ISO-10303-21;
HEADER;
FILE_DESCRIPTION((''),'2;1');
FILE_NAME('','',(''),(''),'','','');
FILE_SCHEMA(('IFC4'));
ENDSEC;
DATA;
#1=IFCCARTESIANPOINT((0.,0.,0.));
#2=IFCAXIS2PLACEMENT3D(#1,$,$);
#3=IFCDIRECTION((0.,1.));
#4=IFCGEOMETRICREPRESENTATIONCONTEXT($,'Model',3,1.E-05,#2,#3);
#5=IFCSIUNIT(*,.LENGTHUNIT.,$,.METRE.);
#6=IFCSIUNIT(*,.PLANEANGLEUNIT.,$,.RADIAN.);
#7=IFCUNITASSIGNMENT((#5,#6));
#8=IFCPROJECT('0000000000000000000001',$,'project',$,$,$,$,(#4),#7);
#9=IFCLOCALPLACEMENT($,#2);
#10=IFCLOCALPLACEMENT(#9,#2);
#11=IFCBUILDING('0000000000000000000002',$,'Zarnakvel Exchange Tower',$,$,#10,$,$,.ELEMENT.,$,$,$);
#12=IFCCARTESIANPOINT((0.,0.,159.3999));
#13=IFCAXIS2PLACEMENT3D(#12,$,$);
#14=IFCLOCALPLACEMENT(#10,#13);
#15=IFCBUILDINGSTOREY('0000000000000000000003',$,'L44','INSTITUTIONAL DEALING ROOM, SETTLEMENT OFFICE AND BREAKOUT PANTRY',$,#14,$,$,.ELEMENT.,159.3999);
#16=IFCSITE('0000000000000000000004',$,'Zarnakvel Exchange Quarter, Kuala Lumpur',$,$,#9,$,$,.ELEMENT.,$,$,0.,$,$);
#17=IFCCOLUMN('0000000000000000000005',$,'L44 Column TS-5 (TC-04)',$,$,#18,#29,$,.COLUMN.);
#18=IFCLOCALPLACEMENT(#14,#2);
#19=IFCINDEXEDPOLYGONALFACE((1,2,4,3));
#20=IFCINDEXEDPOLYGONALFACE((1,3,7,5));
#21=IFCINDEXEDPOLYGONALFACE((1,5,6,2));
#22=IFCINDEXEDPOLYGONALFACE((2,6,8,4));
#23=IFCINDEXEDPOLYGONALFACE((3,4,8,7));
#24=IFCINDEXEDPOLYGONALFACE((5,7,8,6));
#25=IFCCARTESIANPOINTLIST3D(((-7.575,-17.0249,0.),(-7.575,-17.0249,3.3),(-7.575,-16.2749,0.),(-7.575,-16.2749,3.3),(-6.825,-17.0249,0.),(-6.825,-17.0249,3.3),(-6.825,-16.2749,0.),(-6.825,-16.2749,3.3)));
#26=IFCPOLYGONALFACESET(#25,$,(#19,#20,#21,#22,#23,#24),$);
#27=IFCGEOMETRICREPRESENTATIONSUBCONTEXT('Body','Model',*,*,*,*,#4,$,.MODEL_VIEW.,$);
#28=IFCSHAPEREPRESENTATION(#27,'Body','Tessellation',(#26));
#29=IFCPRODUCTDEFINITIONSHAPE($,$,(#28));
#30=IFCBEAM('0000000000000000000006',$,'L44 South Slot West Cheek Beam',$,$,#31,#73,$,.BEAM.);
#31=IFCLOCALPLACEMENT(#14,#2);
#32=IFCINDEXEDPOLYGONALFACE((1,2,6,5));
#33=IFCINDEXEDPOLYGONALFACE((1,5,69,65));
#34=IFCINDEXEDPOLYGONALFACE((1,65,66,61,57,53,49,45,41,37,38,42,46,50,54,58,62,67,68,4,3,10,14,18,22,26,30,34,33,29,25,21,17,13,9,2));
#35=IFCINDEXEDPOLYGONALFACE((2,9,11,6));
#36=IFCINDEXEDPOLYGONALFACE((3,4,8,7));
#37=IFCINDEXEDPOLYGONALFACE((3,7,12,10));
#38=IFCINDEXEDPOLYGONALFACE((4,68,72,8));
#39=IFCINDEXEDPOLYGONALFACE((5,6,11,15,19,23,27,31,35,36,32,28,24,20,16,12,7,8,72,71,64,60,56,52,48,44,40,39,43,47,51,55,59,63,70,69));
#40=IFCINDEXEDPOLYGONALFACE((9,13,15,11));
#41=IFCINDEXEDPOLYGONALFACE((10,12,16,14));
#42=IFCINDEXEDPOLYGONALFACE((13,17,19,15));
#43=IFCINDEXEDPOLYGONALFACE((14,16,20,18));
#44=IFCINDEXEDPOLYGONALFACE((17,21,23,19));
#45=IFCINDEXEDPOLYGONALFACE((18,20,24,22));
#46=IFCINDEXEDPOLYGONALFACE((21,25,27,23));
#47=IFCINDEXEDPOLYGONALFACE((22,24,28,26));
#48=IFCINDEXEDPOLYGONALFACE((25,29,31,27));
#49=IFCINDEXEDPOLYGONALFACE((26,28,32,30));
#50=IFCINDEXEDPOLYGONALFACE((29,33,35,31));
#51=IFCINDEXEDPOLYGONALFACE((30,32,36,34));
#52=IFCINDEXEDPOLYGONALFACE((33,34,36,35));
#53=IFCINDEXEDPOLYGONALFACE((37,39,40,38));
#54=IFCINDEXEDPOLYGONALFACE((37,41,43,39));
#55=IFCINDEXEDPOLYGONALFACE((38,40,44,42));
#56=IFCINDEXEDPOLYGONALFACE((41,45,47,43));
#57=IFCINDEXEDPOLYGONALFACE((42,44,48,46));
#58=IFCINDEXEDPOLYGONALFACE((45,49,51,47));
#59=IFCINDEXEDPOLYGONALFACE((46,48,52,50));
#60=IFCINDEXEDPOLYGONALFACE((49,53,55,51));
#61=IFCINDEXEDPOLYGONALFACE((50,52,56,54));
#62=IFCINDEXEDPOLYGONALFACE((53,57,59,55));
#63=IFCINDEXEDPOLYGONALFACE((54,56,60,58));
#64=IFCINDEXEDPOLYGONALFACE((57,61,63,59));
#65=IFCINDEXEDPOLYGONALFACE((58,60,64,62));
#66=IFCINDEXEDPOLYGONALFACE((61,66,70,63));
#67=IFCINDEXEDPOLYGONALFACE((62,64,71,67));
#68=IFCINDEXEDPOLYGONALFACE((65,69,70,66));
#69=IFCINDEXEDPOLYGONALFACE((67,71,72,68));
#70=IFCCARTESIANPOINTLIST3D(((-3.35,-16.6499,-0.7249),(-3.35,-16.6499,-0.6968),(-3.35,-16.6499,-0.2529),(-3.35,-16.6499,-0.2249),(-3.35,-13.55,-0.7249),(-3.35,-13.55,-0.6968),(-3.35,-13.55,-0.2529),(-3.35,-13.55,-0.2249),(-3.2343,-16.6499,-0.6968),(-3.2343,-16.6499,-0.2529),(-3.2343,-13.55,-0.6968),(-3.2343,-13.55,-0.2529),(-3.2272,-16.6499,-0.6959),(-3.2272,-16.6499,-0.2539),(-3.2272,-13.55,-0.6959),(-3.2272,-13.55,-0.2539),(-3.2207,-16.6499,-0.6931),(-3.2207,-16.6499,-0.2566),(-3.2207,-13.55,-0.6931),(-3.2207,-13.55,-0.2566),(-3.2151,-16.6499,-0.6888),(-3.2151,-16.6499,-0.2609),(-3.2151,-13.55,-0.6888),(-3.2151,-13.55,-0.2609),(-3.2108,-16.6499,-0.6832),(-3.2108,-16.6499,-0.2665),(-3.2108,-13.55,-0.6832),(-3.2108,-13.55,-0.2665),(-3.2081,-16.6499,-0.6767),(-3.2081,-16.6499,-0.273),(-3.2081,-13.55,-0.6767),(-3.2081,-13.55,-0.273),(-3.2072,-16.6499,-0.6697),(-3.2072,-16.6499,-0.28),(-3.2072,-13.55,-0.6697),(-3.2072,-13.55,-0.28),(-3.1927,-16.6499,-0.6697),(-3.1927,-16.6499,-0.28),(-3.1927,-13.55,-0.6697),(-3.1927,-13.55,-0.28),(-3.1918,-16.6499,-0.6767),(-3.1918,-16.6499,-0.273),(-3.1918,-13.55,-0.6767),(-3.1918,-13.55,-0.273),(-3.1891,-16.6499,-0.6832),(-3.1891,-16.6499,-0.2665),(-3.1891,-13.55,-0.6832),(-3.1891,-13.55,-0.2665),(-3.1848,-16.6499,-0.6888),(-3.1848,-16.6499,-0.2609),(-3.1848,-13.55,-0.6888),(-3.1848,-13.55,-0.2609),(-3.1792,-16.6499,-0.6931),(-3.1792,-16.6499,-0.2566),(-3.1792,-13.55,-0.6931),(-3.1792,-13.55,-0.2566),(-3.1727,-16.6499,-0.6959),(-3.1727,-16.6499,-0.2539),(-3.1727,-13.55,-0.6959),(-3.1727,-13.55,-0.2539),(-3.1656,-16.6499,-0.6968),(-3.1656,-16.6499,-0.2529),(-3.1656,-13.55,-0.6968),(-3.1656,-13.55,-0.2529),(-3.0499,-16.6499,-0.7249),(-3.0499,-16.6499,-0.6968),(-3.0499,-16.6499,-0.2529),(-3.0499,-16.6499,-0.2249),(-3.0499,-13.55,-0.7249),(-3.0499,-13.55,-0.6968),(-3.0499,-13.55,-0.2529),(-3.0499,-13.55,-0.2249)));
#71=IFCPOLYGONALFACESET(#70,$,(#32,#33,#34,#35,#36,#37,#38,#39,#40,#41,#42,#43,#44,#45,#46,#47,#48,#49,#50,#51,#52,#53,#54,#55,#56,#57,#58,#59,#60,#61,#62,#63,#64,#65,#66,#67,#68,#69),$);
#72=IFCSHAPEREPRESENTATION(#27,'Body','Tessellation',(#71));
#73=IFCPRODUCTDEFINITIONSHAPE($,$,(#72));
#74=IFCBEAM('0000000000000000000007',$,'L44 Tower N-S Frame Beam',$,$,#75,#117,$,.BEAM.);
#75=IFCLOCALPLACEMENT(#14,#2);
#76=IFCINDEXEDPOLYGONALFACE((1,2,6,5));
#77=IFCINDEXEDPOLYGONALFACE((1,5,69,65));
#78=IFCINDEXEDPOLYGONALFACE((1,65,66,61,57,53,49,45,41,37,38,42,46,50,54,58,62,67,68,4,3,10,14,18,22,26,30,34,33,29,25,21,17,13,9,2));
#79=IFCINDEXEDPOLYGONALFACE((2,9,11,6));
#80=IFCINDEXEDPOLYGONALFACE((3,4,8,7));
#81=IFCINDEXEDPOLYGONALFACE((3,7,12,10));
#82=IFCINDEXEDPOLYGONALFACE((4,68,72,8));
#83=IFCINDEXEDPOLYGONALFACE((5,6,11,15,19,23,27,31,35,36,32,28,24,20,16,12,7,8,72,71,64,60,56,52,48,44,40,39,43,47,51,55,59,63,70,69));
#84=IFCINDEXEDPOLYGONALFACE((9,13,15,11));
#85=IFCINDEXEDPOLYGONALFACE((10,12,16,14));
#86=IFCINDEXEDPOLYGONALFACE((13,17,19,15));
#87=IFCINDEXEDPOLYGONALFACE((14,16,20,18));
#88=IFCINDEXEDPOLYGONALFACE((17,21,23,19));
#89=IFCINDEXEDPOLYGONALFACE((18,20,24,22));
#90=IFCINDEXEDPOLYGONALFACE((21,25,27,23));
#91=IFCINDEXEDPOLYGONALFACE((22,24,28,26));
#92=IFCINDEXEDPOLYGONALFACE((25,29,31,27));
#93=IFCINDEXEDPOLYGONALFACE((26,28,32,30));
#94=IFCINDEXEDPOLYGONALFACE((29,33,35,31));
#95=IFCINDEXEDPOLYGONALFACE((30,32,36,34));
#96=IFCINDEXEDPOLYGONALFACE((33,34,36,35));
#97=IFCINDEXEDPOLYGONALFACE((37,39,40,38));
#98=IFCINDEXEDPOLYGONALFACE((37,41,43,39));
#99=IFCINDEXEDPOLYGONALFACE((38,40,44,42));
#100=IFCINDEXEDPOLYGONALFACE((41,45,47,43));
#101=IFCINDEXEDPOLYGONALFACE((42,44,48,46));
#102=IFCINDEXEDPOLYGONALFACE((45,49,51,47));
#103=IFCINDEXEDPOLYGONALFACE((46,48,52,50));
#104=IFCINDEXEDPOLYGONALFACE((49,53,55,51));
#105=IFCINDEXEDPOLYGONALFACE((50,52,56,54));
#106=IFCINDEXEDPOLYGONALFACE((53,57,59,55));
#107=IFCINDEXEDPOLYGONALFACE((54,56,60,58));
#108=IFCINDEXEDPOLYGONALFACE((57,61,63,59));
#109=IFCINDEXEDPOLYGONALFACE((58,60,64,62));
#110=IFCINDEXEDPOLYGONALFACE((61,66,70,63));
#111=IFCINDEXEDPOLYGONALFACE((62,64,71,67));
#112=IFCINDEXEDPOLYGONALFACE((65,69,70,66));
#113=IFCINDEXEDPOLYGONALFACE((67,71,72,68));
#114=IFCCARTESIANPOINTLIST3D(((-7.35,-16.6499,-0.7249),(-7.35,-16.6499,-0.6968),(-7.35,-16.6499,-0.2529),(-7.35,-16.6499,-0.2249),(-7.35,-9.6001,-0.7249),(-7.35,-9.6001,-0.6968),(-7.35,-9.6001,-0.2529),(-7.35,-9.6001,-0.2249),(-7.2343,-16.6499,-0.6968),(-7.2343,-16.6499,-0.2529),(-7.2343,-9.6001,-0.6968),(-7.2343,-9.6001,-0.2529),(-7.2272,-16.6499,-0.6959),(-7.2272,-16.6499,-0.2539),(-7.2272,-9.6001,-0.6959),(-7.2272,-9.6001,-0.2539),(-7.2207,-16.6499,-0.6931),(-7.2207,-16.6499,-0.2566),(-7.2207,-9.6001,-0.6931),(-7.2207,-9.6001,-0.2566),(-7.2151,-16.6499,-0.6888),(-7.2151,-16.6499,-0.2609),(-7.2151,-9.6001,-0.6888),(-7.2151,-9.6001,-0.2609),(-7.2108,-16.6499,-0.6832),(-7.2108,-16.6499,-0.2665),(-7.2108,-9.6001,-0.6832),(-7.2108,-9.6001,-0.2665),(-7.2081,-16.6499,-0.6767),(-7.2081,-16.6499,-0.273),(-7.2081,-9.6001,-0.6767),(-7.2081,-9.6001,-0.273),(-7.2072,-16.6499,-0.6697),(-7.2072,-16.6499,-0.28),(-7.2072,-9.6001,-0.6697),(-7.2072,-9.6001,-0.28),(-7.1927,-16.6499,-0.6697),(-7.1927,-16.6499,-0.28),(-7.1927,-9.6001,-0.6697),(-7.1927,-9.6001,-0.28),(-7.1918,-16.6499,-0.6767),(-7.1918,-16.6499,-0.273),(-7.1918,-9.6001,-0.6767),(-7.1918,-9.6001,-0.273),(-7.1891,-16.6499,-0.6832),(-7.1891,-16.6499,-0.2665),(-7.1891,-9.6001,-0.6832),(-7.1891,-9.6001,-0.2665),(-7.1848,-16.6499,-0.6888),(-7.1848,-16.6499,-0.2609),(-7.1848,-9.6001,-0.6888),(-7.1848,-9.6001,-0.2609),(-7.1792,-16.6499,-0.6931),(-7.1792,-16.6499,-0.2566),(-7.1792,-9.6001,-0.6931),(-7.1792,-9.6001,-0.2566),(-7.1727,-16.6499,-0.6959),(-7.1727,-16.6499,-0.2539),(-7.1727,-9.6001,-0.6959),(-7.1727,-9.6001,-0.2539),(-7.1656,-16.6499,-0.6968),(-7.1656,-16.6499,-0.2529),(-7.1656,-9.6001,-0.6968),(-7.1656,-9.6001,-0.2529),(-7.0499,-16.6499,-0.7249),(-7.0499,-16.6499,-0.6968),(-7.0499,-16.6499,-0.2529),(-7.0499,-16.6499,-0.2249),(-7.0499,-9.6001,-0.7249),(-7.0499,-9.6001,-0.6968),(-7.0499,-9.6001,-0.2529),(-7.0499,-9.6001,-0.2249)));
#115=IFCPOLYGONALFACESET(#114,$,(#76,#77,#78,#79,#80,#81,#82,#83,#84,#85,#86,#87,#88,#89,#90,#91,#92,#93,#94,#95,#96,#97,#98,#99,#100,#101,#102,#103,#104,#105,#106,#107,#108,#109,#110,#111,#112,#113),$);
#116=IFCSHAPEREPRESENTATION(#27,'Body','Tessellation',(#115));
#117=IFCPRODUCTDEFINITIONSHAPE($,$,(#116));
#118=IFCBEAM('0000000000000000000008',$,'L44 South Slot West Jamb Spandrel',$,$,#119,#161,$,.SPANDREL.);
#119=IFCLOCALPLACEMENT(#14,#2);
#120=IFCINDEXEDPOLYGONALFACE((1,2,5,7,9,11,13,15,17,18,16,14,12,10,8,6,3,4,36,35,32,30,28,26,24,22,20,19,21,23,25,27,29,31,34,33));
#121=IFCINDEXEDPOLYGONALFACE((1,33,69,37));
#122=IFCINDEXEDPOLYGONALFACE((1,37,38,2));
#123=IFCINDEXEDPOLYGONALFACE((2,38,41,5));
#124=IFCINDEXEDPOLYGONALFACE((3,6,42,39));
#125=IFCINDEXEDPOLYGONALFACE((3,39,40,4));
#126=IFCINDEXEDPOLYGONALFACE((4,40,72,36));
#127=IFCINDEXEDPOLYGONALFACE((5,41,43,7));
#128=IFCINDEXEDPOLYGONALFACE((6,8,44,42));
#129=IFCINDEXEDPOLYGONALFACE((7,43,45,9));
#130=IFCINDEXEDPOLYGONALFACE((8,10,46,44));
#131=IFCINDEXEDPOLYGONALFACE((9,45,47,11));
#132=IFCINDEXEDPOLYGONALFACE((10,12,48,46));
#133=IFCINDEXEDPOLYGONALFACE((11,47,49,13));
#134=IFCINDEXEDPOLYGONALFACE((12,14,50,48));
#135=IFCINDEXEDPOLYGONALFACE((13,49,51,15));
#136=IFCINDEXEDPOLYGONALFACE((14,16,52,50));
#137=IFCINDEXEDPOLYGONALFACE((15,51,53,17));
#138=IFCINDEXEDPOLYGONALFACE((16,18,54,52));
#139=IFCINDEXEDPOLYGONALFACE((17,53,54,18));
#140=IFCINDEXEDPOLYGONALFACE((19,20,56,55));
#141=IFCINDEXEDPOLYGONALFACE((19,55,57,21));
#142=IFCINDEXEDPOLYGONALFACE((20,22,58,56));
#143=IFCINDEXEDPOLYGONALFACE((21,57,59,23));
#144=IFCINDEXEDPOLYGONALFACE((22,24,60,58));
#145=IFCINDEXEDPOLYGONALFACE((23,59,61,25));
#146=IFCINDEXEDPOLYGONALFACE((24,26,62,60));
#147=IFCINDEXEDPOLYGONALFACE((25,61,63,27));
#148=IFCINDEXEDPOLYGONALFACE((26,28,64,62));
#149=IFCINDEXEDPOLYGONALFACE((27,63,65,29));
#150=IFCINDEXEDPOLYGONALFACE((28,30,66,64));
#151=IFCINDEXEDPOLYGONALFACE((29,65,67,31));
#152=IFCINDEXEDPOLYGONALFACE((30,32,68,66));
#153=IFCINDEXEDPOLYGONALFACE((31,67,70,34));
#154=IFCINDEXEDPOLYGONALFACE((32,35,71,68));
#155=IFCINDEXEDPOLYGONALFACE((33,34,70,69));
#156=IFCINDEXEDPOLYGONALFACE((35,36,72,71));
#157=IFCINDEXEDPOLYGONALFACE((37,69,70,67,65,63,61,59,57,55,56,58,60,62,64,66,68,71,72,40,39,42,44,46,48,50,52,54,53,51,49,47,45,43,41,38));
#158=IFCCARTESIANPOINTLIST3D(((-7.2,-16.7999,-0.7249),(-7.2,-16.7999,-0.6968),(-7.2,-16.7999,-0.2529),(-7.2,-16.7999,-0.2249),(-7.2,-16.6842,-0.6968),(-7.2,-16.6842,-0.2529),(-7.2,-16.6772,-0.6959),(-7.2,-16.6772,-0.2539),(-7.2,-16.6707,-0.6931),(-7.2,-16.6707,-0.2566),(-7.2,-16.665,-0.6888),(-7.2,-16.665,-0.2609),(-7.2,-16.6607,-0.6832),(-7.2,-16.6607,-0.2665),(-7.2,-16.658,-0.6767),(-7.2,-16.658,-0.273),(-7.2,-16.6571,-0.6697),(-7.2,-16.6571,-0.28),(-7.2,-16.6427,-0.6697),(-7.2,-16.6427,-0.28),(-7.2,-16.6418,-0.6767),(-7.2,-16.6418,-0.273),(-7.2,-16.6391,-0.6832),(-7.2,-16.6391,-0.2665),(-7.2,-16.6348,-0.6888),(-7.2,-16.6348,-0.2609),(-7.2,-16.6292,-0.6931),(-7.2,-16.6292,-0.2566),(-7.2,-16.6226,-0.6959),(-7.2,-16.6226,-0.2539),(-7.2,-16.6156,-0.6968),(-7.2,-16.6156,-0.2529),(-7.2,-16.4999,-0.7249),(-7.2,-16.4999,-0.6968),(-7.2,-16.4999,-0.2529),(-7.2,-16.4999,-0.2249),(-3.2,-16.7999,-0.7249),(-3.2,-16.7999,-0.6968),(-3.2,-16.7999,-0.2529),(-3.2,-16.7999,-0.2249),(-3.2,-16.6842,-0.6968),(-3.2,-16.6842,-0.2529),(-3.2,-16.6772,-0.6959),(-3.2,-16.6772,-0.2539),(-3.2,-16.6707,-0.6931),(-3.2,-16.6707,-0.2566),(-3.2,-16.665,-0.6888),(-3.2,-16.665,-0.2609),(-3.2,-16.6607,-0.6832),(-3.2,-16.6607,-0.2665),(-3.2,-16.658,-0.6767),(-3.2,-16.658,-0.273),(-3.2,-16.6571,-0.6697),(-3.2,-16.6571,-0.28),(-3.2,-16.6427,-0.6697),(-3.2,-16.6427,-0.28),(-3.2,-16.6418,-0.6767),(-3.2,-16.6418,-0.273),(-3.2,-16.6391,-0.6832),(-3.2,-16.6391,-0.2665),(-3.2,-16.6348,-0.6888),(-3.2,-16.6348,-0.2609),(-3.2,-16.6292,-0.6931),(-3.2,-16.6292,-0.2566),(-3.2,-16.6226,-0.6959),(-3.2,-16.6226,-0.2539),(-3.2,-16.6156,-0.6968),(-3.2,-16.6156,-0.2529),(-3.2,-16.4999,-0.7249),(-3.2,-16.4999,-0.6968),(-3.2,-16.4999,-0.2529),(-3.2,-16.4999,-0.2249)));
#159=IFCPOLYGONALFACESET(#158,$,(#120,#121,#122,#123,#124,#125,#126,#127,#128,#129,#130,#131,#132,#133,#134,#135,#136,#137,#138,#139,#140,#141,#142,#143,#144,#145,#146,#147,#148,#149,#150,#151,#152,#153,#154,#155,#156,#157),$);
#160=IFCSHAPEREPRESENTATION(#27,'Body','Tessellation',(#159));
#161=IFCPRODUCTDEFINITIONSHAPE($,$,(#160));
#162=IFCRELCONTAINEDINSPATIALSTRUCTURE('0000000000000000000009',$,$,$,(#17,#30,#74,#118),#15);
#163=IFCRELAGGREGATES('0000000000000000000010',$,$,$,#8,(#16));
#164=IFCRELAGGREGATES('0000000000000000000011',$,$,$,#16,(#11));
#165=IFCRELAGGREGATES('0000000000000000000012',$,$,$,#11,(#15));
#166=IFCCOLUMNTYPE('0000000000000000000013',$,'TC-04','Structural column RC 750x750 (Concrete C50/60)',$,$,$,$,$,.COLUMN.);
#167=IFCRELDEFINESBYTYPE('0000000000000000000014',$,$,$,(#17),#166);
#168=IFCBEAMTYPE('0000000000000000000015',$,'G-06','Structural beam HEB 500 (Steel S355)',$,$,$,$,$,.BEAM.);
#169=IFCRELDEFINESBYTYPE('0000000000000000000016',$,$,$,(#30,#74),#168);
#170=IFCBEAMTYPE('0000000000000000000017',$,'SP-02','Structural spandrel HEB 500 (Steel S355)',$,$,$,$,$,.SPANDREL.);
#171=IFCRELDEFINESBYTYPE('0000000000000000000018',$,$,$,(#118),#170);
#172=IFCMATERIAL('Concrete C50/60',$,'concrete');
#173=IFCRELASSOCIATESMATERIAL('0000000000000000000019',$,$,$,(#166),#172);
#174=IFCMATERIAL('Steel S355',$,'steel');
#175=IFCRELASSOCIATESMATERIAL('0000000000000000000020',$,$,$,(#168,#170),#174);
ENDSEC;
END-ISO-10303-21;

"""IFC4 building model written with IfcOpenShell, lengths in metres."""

from ifc_helpers import new_model, si_unit, direction, frame, origin, origin_2d, place, context, subcontext, project, spatial, rectangle, i_section, extrude, material, material_profile, profile_set, type_object, element, save


model = new_model("IFC4")

# Units and contexts
model_context = context("Model", 3, precision=1e-05, world=origin(), true_north=direction((0.0, 1.0)))
body_context = subcontext(model_context, "Body", "Model", "MODEL_VIEW")
ifc_project = project(units=[si_unit("LENGTHUNIT", "METRE"), si_unit("PLANEANGLEUNIT", "RADIAN")], contexts=[model_context])

# Site, building, storey
site_placement = place(None, origin())
site = spatial("IfcSite", under=ifc_project, at=site_placement, Name="Zarnakvel Exchange Quarter, Kuala Lumpur", CompositionType="ELEMENT", RefElevation=0.0)
building_placement = place(site_placement, origin())
building = spatial("IfcBuilding", under=site, at=building_placement, Name="Zarnakvel Exchange Tower", CompositionType="ELEMENT")
storey_placement = place(building_placement, frame((0.0, 0.0, 159.3999)))
storey = spatial("IfcBuildingStorey", under=building, at=storey_placement, Name="L44", Description="INSTITUTIONAL DEALING ROOM, SETTLEMENT OFFICE AND BREAKOUT PANTRY", CompositionType="ELEMENT", Elevation=159.3999)

# Column
ifc_material_1 = material(Name="Concrete C50/60", Category="concrete")
ifc_material_profile_1 = material_profile(ifc_material_1, rectangle(XDim=0.75, YDim=0.75, at=origin_2d()))
ifc_profile_set_1 = profile_set([ifc_material_profile_1], Name="Concrete C50/60")
column_type = type_object("IfcColumnType", Name="TC-04", Description="Structural column RC 750x750 (Concrete C50/60)", PredefinedType="COLUMN", material=ifc_profile_set_1)
column_placement = place(storey_placement, frame((-7.2, -16.6499, 0.0), z_axis=(0.0, 0.0, 1.0), x_axis=(1.0, 0.0, 0.0)))
element("IfcColumn", 1, at=column_placement, inside=storey, type_object=column_type, Name="L44 Column TS-5 (TC-04)", PredefinedType="COLUMN", context=body_context, shape_type="SweptSolid", body=[
    extrude(rectangle(XDim=0.75, YDim=0.75, at=origin_2d()), origin(), (0.0, 0.0, 1.0), 3.3),
])

# Beams
ifc_material_2 = material(Name="Steel S355", Category="steel")
ifc_material_profile_2 = material_profile(ifc_material_2, i_section(OverallWidth=0.3, OverallDepth=0.5, WebThickness=0.0144, FlangeThickness=0.0281, FilletRadius=0.0271, at=origin_2d()))
ifc_profile_set_2 = profile_set([ifc_material_profile_2], Name="Steel S355")
beam_type_1 = type_object("IfcBeamType", Name="G-06", Description="Structural beam HEB 500 (Steel S355)", PredefinedType="BEAM", material=ifc_profile_set_2)
beam_1_placement = place(storey_placement, frame((-3.2, -16.6499, -0.4749), z_axis=(0.0, 1.0, 0.0), x_axis=(-1.0, 0.0, 0.0)))
element("IfcBeam", 2, at=beam_1_placement, inside=storey, type_object=beam_type_1, Name="L44 South Slot West Cheek Beam", PredefinedType="BEAM", context=body_context, shape_type="SweptSolid", body=[
    extrude(i_section(OverallWidth=0.3, OverallDepth=0.5, WebThickness=0.0144, FlangeThickness=0.0281, FilletRadius=0.0271, at=origin_2d()), origin(), (0.0, 0.0, 1.0), 3.0999),
])
beam_2_placement = place(storey_placement, frame((-7.2, -16.6499, -0.4749), z_axis=(0.0, 1.0, 0.0), x_axis=(-1.0, 0.0, 0.0)))
element("IfcBeam", 3, at=beam_2_placement, inside=storey, type_object=beam_type_1, Name="L44 Tower N-S Frame Beam", PredefinedType="BEAM", context=body_context, shape_type="SweptSolid", body=[
    extrude(i_section(OverallWidth=0.3, OverallDepth=0.5, WebThickness=0.0144, FlangeThickness=0.0281, FilletRadius=0.0271, at=origin_2d()), origin(), (0.0, 0.0, 1.0), 7.0498),
])
ifc_material_profile_3 = material_profile(ifc_material_2, i_section(OverallWidth=0.3, OverallDepth=0.5, WebThickness=0.0144, FlangeThickness=0.0281, FilletRadius=0.0271, at=origin_2d()))
ifc_profile_set_3 = profile_set([ifc_material_profile_3], Name="Steel S355")
beam_type_2 = type_object("IfcBeamType", Name="SP-02", Description="Structural spandrel HEB 500 (Steel S355)", PredefinedType="SPANDREL", material=ifc_profile_set_3)
beam_3_placement = place(storey_placement, frame((-7.2, -16.6499, -0.4749), z_axis=(1.0, 0.0, 0.0), x_axis=(0.0, 1.0, 0.0)))
element("IfcBeam", 4, at=beam_3_placement, inside=storey, type_object=beam_type_2, Name="L44 South Slot West Jamb Spandrel", PredefinedType="SPANDREL", context=body_context, shape_type="SweptSolid", body=[
    extrude(i_section(OverallWidth=0.3, OverallDepth=0.5, WebThickness=0.0144, FlangeThickness=0.0281, FilletRadius=0.0271, at=origin_2d()), origin(), (0.0, 0.0, 1.0), 4.0),
])

save(model, "model.ifc")
